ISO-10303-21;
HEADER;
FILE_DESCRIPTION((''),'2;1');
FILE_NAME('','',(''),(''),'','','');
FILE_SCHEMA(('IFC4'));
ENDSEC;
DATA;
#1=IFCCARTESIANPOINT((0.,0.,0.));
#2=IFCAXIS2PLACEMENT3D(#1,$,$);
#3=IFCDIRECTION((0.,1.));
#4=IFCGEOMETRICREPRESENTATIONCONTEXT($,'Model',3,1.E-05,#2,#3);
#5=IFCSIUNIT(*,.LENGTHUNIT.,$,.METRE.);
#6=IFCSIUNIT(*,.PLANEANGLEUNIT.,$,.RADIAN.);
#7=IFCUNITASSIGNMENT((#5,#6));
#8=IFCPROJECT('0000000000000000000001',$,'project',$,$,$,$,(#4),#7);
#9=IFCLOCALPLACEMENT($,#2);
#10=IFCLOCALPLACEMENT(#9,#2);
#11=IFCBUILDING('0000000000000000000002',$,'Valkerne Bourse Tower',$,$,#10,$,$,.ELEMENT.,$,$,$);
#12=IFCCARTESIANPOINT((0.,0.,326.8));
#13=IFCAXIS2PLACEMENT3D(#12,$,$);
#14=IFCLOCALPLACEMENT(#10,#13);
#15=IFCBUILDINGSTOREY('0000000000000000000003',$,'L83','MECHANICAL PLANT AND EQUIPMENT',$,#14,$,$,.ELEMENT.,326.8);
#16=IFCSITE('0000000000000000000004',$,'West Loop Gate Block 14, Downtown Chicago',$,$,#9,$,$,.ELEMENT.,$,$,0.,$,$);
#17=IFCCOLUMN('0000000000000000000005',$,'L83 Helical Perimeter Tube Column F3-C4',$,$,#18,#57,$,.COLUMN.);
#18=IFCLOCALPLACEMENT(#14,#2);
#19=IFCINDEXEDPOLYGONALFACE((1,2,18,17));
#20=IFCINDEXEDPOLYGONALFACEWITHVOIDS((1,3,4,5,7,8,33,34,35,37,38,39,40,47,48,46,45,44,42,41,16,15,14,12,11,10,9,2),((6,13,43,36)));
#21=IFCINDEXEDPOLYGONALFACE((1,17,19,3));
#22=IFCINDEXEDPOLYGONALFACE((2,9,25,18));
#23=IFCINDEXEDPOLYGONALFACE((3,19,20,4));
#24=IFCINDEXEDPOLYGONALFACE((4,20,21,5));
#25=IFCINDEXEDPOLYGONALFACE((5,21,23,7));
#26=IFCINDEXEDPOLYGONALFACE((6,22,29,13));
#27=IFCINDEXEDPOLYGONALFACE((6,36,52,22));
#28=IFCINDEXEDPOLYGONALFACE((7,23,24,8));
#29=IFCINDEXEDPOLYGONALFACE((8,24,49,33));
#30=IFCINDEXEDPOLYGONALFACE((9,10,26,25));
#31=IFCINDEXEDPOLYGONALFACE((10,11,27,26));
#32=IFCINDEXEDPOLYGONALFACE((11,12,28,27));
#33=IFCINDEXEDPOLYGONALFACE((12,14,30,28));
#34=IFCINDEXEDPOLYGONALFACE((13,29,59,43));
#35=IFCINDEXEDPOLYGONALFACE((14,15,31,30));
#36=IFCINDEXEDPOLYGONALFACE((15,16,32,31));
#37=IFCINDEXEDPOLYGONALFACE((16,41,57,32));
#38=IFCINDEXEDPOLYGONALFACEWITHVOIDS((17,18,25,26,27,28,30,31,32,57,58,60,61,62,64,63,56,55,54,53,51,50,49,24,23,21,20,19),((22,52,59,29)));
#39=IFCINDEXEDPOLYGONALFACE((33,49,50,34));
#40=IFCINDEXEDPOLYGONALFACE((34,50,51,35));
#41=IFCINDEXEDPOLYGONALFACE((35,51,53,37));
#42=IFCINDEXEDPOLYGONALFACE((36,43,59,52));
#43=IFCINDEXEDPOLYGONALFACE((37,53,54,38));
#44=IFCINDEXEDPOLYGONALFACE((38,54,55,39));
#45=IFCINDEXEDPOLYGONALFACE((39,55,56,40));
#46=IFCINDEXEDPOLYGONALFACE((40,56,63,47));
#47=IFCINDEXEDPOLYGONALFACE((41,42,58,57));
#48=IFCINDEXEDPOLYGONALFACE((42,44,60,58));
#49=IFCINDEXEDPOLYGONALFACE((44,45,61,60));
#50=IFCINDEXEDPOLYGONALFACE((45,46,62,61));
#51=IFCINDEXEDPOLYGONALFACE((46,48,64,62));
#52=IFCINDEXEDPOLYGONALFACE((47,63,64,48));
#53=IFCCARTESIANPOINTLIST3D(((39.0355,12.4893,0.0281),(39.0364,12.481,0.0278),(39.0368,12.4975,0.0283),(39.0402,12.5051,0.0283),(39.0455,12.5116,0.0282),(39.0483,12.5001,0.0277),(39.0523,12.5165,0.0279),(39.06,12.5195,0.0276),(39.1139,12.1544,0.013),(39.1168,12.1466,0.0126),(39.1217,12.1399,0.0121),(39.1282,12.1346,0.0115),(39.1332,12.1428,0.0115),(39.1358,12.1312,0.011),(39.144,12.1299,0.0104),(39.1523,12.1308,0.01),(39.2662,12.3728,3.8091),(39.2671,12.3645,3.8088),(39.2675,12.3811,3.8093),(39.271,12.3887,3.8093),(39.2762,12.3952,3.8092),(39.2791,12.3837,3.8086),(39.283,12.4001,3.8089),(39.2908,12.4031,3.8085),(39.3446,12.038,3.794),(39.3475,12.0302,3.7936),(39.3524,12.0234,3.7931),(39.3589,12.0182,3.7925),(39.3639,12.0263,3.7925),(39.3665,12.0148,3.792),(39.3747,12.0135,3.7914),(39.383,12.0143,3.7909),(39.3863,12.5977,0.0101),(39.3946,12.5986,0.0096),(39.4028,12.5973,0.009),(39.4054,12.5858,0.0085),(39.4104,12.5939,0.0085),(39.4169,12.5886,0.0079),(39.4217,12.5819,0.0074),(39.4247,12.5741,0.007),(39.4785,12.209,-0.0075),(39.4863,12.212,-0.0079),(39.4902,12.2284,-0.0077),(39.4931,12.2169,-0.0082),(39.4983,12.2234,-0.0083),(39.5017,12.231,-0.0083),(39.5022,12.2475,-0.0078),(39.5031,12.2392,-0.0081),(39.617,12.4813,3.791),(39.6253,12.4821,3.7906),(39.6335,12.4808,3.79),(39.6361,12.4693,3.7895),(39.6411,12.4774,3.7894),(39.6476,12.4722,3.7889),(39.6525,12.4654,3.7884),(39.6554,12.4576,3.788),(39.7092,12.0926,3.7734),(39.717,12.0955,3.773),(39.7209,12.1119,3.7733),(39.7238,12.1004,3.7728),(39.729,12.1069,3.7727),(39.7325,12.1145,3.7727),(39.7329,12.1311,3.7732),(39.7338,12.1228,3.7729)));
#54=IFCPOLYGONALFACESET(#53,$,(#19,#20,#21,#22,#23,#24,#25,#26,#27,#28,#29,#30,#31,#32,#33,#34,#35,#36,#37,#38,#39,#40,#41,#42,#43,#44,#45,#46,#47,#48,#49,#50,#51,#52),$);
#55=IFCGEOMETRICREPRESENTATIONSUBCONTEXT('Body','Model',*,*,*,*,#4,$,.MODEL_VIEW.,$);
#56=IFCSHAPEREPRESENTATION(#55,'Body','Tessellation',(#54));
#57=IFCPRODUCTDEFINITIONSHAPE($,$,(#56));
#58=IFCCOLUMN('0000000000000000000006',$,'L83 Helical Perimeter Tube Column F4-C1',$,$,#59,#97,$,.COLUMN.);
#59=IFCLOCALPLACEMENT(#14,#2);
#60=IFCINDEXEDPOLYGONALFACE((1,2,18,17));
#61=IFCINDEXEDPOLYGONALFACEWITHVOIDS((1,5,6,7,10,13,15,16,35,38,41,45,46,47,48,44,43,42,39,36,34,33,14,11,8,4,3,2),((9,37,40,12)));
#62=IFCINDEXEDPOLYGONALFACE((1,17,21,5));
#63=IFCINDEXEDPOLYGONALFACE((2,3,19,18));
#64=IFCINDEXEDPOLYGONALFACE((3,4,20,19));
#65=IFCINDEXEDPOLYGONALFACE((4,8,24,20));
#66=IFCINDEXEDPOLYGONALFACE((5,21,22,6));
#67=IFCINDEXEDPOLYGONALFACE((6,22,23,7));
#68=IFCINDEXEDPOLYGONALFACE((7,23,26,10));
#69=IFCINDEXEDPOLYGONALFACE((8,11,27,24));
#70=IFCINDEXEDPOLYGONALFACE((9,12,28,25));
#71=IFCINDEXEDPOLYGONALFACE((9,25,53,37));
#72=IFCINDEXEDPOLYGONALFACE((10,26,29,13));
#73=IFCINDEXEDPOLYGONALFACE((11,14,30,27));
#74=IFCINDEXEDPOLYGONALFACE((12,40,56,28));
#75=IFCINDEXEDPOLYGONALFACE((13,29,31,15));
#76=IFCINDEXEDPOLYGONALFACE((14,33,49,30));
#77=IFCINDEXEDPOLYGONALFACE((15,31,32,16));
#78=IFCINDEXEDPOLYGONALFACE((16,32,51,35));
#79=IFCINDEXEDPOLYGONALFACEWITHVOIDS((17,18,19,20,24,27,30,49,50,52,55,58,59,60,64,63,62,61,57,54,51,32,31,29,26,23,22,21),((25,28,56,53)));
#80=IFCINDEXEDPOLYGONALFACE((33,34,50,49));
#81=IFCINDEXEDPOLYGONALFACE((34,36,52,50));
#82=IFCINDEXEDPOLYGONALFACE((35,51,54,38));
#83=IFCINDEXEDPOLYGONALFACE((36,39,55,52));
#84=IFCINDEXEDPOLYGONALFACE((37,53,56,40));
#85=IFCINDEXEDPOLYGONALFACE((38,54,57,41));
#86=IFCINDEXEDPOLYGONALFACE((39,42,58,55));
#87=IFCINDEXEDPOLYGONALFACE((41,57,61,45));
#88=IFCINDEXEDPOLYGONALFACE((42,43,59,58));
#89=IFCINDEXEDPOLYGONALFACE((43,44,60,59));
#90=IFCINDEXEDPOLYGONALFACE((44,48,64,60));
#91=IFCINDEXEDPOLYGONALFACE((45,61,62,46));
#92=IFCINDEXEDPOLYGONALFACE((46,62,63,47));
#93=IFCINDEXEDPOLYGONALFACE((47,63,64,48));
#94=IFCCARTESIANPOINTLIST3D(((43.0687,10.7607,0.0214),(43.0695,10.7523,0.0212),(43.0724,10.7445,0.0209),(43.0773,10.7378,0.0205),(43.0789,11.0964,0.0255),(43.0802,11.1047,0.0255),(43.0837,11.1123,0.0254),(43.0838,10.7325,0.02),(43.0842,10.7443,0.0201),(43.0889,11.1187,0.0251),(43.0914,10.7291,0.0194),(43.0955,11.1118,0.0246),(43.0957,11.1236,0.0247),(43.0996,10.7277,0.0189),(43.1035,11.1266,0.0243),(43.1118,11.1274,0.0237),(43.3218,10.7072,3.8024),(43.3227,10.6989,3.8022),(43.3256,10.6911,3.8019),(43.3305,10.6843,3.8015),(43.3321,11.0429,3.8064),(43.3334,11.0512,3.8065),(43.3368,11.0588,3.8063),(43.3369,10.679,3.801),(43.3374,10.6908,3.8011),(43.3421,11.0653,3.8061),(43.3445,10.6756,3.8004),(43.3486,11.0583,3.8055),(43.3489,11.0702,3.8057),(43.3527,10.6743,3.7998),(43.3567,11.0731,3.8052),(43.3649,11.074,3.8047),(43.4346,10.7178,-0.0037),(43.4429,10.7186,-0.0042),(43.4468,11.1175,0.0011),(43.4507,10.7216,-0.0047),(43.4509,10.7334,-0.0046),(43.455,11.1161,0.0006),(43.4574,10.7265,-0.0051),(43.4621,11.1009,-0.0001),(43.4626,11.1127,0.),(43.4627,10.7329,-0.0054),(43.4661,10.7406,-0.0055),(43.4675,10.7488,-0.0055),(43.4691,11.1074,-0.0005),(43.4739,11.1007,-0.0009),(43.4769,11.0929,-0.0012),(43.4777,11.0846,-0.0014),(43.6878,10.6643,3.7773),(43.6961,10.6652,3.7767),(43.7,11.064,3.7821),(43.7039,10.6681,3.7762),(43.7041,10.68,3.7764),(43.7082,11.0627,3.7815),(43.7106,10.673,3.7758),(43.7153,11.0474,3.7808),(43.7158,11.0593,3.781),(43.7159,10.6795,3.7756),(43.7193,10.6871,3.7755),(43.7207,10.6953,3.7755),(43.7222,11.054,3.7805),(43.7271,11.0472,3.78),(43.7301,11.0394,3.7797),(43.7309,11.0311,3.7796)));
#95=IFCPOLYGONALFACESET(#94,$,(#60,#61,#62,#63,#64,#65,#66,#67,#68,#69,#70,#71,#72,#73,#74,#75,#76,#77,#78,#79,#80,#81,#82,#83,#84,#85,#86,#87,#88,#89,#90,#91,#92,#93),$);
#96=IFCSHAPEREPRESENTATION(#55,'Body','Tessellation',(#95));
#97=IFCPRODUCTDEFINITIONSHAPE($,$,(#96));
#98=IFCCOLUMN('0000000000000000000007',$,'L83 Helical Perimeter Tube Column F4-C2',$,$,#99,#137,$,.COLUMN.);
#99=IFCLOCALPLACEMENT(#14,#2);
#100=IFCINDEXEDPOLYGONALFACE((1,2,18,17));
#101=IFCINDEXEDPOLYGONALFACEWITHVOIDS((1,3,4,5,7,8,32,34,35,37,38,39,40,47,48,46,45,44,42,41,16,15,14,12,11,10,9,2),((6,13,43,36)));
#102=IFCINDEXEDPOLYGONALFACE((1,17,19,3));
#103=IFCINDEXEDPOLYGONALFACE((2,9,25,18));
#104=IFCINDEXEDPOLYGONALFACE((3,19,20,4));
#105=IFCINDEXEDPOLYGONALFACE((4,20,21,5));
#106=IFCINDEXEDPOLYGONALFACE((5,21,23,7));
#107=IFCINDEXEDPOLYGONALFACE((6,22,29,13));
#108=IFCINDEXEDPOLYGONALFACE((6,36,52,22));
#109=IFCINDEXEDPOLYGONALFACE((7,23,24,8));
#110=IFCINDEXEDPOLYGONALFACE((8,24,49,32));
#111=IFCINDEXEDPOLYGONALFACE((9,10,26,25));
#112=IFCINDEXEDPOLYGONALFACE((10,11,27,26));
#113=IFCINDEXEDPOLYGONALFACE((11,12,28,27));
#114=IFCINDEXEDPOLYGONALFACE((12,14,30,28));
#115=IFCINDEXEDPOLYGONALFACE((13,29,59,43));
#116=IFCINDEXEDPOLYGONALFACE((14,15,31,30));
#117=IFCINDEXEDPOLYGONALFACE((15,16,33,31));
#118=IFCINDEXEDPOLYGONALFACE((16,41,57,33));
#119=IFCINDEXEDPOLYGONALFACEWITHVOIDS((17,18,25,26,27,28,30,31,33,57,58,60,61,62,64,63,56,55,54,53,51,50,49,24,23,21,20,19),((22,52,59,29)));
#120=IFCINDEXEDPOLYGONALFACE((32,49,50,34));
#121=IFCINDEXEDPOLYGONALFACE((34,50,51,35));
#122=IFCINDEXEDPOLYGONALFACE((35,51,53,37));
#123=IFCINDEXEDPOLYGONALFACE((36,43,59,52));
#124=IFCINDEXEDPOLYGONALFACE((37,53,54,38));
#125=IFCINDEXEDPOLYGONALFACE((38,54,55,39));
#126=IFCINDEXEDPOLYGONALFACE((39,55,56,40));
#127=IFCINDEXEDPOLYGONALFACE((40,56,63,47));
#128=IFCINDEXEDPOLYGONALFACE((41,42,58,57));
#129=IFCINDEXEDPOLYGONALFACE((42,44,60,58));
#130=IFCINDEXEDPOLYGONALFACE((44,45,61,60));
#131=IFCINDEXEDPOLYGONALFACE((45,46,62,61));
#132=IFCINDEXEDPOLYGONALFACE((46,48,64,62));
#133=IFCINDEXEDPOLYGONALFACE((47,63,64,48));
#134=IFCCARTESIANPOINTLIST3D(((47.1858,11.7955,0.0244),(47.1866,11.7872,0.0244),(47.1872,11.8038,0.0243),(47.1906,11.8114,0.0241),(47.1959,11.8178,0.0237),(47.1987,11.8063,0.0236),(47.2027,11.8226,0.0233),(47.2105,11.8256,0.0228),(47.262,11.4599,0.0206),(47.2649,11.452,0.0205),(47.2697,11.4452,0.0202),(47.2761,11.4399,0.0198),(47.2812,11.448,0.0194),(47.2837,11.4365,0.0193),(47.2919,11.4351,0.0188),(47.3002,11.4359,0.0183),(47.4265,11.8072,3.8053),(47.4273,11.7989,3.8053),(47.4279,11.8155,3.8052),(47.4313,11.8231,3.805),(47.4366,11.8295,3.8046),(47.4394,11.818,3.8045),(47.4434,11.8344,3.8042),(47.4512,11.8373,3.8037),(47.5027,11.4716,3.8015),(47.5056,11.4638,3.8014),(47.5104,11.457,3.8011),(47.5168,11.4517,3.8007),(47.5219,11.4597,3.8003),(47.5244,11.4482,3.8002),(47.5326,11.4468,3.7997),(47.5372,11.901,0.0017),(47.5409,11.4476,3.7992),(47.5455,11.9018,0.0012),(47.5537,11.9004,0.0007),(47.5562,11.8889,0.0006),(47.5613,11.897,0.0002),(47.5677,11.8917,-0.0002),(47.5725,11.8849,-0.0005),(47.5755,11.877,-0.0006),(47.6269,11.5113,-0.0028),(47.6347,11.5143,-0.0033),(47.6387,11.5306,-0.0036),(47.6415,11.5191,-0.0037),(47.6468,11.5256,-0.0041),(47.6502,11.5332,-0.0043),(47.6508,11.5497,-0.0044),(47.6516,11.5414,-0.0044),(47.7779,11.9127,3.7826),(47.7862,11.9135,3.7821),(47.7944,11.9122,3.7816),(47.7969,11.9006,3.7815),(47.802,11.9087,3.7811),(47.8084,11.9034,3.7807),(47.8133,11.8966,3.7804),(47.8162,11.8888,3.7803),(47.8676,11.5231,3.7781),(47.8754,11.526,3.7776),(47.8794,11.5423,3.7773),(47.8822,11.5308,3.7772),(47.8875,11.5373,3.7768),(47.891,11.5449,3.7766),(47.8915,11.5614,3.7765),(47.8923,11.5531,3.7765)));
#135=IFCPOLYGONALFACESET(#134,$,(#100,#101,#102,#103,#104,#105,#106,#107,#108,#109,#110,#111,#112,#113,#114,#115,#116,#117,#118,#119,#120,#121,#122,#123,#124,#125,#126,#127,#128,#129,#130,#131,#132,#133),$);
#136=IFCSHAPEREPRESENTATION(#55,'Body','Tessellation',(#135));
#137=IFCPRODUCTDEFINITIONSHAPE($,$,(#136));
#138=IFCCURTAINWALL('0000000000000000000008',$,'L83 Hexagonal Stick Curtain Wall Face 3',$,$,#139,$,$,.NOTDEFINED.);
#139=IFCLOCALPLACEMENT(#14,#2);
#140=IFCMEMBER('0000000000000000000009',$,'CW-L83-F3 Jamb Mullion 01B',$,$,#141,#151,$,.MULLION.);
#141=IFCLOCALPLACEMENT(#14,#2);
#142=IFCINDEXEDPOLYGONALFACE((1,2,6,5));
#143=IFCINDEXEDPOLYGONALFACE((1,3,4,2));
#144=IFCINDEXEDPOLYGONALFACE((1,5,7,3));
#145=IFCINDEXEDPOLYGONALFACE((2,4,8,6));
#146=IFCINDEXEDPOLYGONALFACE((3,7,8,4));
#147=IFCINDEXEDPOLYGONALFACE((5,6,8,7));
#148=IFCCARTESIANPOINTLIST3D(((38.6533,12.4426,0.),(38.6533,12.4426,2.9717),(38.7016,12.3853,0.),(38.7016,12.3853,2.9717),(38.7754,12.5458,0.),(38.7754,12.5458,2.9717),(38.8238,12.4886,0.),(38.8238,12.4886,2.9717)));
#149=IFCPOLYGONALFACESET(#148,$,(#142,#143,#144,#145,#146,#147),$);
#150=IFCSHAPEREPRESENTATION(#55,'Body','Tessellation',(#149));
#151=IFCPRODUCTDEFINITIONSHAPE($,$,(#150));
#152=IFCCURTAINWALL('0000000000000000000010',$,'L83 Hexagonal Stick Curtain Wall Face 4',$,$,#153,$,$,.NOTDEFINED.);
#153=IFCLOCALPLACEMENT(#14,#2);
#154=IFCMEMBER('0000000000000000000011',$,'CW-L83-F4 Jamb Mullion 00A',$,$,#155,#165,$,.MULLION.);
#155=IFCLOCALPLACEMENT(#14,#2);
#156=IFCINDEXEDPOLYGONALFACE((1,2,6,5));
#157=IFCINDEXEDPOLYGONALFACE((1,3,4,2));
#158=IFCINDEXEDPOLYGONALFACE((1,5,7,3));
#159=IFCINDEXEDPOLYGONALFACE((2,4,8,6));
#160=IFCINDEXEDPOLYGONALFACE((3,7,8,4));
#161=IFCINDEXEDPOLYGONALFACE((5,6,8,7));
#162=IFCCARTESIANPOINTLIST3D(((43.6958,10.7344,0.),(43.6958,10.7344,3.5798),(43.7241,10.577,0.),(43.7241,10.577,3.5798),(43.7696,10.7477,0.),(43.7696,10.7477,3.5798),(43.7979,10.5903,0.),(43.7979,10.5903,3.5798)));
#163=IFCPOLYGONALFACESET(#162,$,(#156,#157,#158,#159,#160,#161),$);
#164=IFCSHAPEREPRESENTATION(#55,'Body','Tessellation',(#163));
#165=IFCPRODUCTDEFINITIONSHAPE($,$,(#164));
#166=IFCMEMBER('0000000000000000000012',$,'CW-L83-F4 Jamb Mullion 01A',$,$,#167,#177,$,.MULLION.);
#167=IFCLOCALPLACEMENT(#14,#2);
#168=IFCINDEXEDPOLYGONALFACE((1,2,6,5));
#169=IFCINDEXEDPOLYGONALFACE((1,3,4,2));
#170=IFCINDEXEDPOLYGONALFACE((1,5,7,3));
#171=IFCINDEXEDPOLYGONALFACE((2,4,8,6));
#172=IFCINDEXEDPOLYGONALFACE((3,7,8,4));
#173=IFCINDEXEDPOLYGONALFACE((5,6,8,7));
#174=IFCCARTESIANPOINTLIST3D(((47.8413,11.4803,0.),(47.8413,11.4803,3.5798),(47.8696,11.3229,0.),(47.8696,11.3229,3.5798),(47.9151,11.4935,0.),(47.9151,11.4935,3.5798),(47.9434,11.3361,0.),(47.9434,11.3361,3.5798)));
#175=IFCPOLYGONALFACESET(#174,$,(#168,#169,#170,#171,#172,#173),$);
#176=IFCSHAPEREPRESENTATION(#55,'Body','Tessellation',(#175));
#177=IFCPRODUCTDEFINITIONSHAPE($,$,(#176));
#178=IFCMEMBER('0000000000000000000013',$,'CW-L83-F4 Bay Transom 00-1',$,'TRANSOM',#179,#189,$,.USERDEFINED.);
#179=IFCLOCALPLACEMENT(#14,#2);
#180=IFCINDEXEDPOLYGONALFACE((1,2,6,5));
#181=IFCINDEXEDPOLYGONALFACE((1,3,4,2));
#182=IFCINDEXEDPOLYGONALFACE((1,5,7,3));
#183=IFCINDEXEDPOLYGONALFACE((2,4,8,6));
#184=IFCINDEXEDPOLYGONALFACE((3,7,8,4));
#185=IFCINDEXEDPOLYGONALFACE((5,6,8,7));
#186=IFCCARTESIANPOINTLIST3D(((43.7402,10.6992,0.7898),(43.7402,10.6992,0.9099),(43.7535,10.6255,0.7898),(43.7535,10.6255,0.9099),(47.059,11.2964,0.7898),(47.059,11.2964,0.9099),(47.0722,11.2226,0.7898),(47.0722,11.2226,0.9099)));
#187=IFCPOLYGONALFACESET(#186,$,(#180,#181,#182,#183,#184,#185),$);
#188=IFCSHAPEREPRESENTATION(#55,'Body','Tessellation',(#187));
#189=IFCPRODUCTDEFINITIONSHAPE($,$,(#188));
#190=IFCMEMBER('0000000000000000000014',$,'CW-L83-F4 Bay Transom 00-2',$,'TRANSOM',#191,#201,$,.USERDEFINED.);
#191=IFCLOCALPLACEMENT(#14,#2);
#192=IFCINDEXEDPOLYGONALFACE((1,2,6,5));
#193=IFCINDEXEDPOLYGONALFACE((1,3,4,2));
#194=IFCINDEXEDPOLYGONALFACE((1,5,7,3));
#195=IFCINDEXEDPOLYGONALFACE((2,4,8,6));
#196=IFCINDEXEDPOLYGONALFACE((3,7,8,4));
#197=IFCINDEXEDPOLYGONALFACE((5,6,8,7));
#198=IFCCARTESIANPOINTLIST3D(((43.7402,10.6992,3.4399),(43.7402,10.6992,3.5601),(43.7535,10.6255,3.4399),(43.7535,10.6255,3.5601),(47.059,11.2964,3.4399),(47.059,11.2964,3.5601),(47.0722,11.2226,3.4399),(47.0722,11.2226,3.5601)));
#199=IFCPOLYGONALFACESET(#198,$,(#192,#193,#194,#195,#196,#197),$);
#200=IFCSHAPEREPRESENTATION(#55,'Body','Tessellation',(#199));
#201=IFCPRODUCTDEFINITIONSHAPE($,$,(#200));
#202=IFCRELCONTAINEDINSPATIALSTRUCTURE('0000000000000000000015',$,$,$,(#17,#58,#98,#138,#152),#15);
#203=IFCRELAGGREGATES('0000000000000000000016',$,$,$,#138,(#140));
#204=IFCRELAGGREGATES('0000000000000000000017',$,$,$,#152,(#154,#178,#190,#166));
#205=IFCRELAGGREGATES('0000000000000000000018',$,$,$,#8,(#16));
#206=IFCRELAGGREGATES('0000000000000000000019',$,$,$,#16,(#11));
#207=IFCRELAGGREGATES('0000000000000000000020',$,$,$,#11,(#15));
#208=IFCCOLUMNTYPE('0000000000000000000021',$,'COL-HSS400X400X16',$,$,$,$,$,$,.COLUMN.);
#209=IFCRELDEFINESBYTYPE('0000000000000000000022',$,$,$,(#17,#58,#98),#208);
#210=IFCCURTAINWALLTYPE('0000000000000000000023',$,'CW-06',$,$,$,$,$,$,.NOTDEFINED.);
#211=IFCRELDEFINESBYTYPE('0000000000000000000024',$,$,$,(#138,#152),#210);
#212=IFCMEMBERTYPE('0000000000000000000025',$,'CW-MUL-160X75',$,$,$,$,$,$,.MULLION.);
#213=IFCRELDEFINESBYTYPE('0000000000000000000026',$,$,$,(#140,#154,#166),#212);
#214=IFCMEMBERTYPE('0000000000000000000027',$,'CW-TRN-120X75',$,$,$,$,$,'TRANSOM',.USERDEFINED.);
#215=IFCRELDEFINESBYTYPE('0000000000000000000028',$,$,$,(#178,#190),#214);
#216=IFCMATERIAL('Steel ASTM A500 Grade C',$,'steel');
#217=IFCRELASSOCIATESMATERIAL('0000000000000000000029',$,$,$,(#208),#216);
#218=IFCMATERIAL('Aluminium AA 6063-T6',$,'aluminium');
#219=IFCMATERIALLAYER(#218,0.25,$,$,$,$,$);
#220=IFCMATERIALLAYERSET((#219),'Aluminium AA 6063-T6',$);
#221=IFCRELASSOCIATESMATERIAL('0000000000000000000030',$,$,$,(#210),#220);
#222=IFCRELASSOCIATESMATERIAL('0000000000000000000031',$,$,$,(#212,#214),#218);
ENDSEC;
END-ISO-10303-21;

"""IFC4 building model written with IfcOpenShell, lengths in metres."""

from ifc_helpers import new_model, si_unit, direction, frame, origin, origin_2d, place, context, subcontext, project, spatial, rectangle, hollow_rectangle, extrude, material, layer, layer_set, material_profile, profile_set, type_object, element, aggregate, save


model = new_model("IFC4")

# Units and contexts
model_context = context("Model", 3, precision=1e-05, world=origin(), true_north=direction((0.0, 1.0)))
body_context = subcontext(model_context, "Body", "Model", "MODEL_VIEW")
ifc_project = project(units=[si_unit("LENGTHUNIT", "METRE"), si_unit("PLANEANGLEUNIT", "RADIAN")], contexts=[model_context])

# Site, building, storey
site_placement = place(None, origin())
site = spatial("IfcSite", under=ifc_project, at=site_placement, Name="West Loop Gate Block 14, Downtown Chicago", CompositionType="ELEMENT", RefElevation=0.0)
building_placement = place(site_placement, origin())
building = spatial("IfcBuilding", under=site, at=building_placement, Name="Valkerne Bourse Tower", CompositionType="ELEMENT")
storey_placement = place(building_placement, frame((0.0, 0.0, 326.8)))
storey = spatial("IfcBuildingStorey", under=building, at=storey_placement, Name="L83", Description="MECHANICAL PLANT AND EQUIPMENT", CompositionType="ELEMENT", Elevation=326.8)

# Columns
ifc_material_1 = material(Name="Steel ASTM A500 Grade C", Category="steel")
ifc_material_profile_1 = material_profile(ifc_material_1, hollow_rectangle(XDim=0.3999, YDim=0.3999, WallThickness=0.0161, OuterFilletRadius=0.032, at=origin_2d()), Name="HSS400X400X16")
ifc_profile_set_1 = profile_set([ifc_material_profile_1], Name="Steel ASTM A500 Grade C")
column_type = type_object("IfcColumnType", Name="COL-HSS400X400X16", PredefinedType="COLUMN", material=ifc_profile_set_1)
for number, where, z_axis, x_axis, name in (
    (1, (39.2693, 12.3643, 0.01), (0.060877, -0.030728, 0.997672), (0.971119, 0.232839, -0.052085), "L83 Helical Perimeter Tube Column F3-C4"),
    (2, (43.2732, 10.9226, 0.01), (0.066803, -0.014108, 0.997666), (0.030504, 0.999462, 0.012091), "L83 Helical Perimeter Tube Column F4-C1"),
):
    element("IfcColumn", number, at=place(storey_placement, frame(where, z_axis=z_axis, x_axis=x_axis)), inside=storey, type_object=column_type, Name=name, PredefinedType="COLUMN", context=body_context, shape_type="SweptSolid", body=[
        extrude(hollow_rectangle(XDim=0.3999, YDim=0.3999, WallThickness=0.0161, OuterFilletRadius=0.032, at=origin_2d()), origin(), (0.0, 0.0, 1.0), 3.7898),
    ])
column_placement = place(storey_placement, frame((47.4187, 11.6685, 0.01), z_axis=(0.063537, 0.003093, 0.997975), x_axis=(-0.224373, 0.974438, 0.011265)))
element("IfcColumn", 3, at=column_placement, inside=storey, type_object=column_type, Name="L83 Helical Perimeter Tube Column F4-C2", PredefinedType="COLUMN", context=body_context, shape_type="SweptSolid", body=[
    extrude(hollow_rectangle(XDim=0.3999, YDim=0.3999, WallThickness=0.0161, OuterFilletRadius=0.032, at=origin_2d()), origin(), (0.0, 0.0, 1.0), 3.7886),
])

# Curtain wall, member
ifc_material_2 = material(Name="Aluminium AA 6063-T6", Category="aluminium")
ifc_layer_1 = layer(ifc_material_2, 0.25)
ifc_layer_set_1 = layer_set([ifc_layer_1], Name="Aluminium AA 6063-T6")
curtain_wall_type = type_object("IfcCurtainWallType", Name="CW-06", PredefinedType="NOTDEFINED", material=ifc_layer_set_1)
curtain_wall_1_placement = place(storey_placement, origin())
curtain_wall_1 = element("IfcCurtainWall", 4, at=curtain_wall_1_placement, inside=storey, type_object=curtain_wall_type, Name="L83 Hexagonal Stick Curtain Wall Face 3", PredefinedType="NOTDEFINED")
ifc_material_profile_2 = material_profile(ifc_material_2, rectangle(XDim=0.075, YDim=0.1599, at=origin_2d()), Name="CWM-75X160")
ifc_profile_set_2 = profile_set([ifc_material_profile_2], Name="Aluminium AA 6063-T6")
member_type_1 = type_object("IfcMemberType", Name="CW-MUL-160X75", PredefinedType="MULLION", material=ifc_profile_set_2)
member_1_placement = place(storey_placement, frame((38.7385, 12.4656, 0.0), z_axis=(0.0, 0.0, 1.0), x_axis=(0.645463, -0.763791, 0.0)))
member_1 = element("IfcMember", 5, at=member_1_placement, type_object=member_type_1, Name="CW-L83-F3 Jamb Mullion 01B", PredefinedType="MULLION", context=body_context, shape_type="SweptSolid", body=[
    extrude(rectangle(XDim=0.075, YDim=0.1599, at=origin_2d()), origin(), (0.0, 0.0, 1.0), 2.9717),
])
aggregate(curtain_wall_1, [member_1])

# Curtain wall, members
curtain_wall_2_placement = place(storey_placement, origin())
curtain_wall_2 = element("IfcCurtainWall", 6, at=curtain_wall_2_placement, inside=storey, type_object=curtain_wall_type, Name="L83 Hexagonal Stick Curtain Wall Face 4", PredefinedType="NOTDEFINED")
member_2_placement = place(storey_placement, frame((43.7468, 10.6624, 0.0), z_axis=(0.0, 0.0, 1.0), x_axis=(0.984195, 0.177086, 0.0)))
member_2 = element("IfcMember", 7, at=member_2_placement, type_object=member_type_1, Name="CW-L83-F4 Jamb Mullion 00A", PredefinedType="MULLION", context=body_context, shape_type="SweptSolid", body=[
    extrude(rectangle(XDim=0.075, YDim=0.1599, at=origin_2d()), origin(), (0.0, 0.0, 1.0), 3.5798),
])
member_3_placement = place(storey_placement, frame((47.8923, 11.4082, 0.0), z_axis=(0.0, 0.0, 1.0), x_axis=(0.984195, 0.17709, 0.0)))
member_3 = element("IfcMember", 8, at=member_3_placement, type_object=member_type_1, Name="CW-L83-F4 Jamb Mullion 01A", PredefinedType="MULLION", context=body_context, shape_type="SweptSolid", body=[
    extrude(rectangle(XDim=0.075, YDim=0.1599, at=origin_2d()), origin(), (0.0, 0.0, 1.0), 3.5798),
])
ifc_material_profile_3 = material_profile(ifc_material_2, rectangle(XDim=0.075, YDim=0.1201, at=origin_2d()), Name="CWT-75X120")
ifc_profile_set_3 = profile_set([ifc_material_profile_3], Name="Aluminium AA 6063-T6")
member_type_2 = type_object("IfcMemberType", Name="CW-TRN-120X75", ElementType="TRANSOM", PredefinedType="USERDEFINED", material=ifc_profile_set_3)
member_4_placement = place(storey_placement, frame((43.7468, 10.6624, 0.8499), z_axis=(0.984195, 0.177088, 0.0), x_axis=(-0.177088, 0.984195, 0.0)))
member_4 = element("IfcMember", 9, at=member_4_placement, type_object=member_type_2, Name="CW-L83-F4 Bay Transom 00-1", ObjectType="TRANSOM", PredefinedType="USERDEFINED", context=body_context, shape_type="SweptSolid", body=[
    extrude(rectangle(XDim=0.075, YDim=0.1201, at=origin_2d()), origin(), (0.0, 0.0, 1.0), 3.3721),
])
member_5_placement = place(storey_placement, frame((43.7468, 10.6624, 3.5), z_axis=(0.984195, 0.177088, 0.0), x_axis=(-0.177088, 0.984195, 0.0)))
member_5 = element("IfcMember", 10, at=member_5_placement, type_object=member_type_2, Name="CW-L83-F4 Bay Transom 00-2", ObjectType="TRANSOM", PredefinedType="USERDEFINED", context=body_context, shape_type="SweptSolid", body=[
    extrude(rectangle(XDim=0.075, YDim=0.1201, at=origin_2d()), origin(), (0.0, 0.0, 1.0), 3.3721),
])
aggregate(curtain_wall_2, [member_2, member_4, member_5, member_3])

save(model, "model.ifc")
